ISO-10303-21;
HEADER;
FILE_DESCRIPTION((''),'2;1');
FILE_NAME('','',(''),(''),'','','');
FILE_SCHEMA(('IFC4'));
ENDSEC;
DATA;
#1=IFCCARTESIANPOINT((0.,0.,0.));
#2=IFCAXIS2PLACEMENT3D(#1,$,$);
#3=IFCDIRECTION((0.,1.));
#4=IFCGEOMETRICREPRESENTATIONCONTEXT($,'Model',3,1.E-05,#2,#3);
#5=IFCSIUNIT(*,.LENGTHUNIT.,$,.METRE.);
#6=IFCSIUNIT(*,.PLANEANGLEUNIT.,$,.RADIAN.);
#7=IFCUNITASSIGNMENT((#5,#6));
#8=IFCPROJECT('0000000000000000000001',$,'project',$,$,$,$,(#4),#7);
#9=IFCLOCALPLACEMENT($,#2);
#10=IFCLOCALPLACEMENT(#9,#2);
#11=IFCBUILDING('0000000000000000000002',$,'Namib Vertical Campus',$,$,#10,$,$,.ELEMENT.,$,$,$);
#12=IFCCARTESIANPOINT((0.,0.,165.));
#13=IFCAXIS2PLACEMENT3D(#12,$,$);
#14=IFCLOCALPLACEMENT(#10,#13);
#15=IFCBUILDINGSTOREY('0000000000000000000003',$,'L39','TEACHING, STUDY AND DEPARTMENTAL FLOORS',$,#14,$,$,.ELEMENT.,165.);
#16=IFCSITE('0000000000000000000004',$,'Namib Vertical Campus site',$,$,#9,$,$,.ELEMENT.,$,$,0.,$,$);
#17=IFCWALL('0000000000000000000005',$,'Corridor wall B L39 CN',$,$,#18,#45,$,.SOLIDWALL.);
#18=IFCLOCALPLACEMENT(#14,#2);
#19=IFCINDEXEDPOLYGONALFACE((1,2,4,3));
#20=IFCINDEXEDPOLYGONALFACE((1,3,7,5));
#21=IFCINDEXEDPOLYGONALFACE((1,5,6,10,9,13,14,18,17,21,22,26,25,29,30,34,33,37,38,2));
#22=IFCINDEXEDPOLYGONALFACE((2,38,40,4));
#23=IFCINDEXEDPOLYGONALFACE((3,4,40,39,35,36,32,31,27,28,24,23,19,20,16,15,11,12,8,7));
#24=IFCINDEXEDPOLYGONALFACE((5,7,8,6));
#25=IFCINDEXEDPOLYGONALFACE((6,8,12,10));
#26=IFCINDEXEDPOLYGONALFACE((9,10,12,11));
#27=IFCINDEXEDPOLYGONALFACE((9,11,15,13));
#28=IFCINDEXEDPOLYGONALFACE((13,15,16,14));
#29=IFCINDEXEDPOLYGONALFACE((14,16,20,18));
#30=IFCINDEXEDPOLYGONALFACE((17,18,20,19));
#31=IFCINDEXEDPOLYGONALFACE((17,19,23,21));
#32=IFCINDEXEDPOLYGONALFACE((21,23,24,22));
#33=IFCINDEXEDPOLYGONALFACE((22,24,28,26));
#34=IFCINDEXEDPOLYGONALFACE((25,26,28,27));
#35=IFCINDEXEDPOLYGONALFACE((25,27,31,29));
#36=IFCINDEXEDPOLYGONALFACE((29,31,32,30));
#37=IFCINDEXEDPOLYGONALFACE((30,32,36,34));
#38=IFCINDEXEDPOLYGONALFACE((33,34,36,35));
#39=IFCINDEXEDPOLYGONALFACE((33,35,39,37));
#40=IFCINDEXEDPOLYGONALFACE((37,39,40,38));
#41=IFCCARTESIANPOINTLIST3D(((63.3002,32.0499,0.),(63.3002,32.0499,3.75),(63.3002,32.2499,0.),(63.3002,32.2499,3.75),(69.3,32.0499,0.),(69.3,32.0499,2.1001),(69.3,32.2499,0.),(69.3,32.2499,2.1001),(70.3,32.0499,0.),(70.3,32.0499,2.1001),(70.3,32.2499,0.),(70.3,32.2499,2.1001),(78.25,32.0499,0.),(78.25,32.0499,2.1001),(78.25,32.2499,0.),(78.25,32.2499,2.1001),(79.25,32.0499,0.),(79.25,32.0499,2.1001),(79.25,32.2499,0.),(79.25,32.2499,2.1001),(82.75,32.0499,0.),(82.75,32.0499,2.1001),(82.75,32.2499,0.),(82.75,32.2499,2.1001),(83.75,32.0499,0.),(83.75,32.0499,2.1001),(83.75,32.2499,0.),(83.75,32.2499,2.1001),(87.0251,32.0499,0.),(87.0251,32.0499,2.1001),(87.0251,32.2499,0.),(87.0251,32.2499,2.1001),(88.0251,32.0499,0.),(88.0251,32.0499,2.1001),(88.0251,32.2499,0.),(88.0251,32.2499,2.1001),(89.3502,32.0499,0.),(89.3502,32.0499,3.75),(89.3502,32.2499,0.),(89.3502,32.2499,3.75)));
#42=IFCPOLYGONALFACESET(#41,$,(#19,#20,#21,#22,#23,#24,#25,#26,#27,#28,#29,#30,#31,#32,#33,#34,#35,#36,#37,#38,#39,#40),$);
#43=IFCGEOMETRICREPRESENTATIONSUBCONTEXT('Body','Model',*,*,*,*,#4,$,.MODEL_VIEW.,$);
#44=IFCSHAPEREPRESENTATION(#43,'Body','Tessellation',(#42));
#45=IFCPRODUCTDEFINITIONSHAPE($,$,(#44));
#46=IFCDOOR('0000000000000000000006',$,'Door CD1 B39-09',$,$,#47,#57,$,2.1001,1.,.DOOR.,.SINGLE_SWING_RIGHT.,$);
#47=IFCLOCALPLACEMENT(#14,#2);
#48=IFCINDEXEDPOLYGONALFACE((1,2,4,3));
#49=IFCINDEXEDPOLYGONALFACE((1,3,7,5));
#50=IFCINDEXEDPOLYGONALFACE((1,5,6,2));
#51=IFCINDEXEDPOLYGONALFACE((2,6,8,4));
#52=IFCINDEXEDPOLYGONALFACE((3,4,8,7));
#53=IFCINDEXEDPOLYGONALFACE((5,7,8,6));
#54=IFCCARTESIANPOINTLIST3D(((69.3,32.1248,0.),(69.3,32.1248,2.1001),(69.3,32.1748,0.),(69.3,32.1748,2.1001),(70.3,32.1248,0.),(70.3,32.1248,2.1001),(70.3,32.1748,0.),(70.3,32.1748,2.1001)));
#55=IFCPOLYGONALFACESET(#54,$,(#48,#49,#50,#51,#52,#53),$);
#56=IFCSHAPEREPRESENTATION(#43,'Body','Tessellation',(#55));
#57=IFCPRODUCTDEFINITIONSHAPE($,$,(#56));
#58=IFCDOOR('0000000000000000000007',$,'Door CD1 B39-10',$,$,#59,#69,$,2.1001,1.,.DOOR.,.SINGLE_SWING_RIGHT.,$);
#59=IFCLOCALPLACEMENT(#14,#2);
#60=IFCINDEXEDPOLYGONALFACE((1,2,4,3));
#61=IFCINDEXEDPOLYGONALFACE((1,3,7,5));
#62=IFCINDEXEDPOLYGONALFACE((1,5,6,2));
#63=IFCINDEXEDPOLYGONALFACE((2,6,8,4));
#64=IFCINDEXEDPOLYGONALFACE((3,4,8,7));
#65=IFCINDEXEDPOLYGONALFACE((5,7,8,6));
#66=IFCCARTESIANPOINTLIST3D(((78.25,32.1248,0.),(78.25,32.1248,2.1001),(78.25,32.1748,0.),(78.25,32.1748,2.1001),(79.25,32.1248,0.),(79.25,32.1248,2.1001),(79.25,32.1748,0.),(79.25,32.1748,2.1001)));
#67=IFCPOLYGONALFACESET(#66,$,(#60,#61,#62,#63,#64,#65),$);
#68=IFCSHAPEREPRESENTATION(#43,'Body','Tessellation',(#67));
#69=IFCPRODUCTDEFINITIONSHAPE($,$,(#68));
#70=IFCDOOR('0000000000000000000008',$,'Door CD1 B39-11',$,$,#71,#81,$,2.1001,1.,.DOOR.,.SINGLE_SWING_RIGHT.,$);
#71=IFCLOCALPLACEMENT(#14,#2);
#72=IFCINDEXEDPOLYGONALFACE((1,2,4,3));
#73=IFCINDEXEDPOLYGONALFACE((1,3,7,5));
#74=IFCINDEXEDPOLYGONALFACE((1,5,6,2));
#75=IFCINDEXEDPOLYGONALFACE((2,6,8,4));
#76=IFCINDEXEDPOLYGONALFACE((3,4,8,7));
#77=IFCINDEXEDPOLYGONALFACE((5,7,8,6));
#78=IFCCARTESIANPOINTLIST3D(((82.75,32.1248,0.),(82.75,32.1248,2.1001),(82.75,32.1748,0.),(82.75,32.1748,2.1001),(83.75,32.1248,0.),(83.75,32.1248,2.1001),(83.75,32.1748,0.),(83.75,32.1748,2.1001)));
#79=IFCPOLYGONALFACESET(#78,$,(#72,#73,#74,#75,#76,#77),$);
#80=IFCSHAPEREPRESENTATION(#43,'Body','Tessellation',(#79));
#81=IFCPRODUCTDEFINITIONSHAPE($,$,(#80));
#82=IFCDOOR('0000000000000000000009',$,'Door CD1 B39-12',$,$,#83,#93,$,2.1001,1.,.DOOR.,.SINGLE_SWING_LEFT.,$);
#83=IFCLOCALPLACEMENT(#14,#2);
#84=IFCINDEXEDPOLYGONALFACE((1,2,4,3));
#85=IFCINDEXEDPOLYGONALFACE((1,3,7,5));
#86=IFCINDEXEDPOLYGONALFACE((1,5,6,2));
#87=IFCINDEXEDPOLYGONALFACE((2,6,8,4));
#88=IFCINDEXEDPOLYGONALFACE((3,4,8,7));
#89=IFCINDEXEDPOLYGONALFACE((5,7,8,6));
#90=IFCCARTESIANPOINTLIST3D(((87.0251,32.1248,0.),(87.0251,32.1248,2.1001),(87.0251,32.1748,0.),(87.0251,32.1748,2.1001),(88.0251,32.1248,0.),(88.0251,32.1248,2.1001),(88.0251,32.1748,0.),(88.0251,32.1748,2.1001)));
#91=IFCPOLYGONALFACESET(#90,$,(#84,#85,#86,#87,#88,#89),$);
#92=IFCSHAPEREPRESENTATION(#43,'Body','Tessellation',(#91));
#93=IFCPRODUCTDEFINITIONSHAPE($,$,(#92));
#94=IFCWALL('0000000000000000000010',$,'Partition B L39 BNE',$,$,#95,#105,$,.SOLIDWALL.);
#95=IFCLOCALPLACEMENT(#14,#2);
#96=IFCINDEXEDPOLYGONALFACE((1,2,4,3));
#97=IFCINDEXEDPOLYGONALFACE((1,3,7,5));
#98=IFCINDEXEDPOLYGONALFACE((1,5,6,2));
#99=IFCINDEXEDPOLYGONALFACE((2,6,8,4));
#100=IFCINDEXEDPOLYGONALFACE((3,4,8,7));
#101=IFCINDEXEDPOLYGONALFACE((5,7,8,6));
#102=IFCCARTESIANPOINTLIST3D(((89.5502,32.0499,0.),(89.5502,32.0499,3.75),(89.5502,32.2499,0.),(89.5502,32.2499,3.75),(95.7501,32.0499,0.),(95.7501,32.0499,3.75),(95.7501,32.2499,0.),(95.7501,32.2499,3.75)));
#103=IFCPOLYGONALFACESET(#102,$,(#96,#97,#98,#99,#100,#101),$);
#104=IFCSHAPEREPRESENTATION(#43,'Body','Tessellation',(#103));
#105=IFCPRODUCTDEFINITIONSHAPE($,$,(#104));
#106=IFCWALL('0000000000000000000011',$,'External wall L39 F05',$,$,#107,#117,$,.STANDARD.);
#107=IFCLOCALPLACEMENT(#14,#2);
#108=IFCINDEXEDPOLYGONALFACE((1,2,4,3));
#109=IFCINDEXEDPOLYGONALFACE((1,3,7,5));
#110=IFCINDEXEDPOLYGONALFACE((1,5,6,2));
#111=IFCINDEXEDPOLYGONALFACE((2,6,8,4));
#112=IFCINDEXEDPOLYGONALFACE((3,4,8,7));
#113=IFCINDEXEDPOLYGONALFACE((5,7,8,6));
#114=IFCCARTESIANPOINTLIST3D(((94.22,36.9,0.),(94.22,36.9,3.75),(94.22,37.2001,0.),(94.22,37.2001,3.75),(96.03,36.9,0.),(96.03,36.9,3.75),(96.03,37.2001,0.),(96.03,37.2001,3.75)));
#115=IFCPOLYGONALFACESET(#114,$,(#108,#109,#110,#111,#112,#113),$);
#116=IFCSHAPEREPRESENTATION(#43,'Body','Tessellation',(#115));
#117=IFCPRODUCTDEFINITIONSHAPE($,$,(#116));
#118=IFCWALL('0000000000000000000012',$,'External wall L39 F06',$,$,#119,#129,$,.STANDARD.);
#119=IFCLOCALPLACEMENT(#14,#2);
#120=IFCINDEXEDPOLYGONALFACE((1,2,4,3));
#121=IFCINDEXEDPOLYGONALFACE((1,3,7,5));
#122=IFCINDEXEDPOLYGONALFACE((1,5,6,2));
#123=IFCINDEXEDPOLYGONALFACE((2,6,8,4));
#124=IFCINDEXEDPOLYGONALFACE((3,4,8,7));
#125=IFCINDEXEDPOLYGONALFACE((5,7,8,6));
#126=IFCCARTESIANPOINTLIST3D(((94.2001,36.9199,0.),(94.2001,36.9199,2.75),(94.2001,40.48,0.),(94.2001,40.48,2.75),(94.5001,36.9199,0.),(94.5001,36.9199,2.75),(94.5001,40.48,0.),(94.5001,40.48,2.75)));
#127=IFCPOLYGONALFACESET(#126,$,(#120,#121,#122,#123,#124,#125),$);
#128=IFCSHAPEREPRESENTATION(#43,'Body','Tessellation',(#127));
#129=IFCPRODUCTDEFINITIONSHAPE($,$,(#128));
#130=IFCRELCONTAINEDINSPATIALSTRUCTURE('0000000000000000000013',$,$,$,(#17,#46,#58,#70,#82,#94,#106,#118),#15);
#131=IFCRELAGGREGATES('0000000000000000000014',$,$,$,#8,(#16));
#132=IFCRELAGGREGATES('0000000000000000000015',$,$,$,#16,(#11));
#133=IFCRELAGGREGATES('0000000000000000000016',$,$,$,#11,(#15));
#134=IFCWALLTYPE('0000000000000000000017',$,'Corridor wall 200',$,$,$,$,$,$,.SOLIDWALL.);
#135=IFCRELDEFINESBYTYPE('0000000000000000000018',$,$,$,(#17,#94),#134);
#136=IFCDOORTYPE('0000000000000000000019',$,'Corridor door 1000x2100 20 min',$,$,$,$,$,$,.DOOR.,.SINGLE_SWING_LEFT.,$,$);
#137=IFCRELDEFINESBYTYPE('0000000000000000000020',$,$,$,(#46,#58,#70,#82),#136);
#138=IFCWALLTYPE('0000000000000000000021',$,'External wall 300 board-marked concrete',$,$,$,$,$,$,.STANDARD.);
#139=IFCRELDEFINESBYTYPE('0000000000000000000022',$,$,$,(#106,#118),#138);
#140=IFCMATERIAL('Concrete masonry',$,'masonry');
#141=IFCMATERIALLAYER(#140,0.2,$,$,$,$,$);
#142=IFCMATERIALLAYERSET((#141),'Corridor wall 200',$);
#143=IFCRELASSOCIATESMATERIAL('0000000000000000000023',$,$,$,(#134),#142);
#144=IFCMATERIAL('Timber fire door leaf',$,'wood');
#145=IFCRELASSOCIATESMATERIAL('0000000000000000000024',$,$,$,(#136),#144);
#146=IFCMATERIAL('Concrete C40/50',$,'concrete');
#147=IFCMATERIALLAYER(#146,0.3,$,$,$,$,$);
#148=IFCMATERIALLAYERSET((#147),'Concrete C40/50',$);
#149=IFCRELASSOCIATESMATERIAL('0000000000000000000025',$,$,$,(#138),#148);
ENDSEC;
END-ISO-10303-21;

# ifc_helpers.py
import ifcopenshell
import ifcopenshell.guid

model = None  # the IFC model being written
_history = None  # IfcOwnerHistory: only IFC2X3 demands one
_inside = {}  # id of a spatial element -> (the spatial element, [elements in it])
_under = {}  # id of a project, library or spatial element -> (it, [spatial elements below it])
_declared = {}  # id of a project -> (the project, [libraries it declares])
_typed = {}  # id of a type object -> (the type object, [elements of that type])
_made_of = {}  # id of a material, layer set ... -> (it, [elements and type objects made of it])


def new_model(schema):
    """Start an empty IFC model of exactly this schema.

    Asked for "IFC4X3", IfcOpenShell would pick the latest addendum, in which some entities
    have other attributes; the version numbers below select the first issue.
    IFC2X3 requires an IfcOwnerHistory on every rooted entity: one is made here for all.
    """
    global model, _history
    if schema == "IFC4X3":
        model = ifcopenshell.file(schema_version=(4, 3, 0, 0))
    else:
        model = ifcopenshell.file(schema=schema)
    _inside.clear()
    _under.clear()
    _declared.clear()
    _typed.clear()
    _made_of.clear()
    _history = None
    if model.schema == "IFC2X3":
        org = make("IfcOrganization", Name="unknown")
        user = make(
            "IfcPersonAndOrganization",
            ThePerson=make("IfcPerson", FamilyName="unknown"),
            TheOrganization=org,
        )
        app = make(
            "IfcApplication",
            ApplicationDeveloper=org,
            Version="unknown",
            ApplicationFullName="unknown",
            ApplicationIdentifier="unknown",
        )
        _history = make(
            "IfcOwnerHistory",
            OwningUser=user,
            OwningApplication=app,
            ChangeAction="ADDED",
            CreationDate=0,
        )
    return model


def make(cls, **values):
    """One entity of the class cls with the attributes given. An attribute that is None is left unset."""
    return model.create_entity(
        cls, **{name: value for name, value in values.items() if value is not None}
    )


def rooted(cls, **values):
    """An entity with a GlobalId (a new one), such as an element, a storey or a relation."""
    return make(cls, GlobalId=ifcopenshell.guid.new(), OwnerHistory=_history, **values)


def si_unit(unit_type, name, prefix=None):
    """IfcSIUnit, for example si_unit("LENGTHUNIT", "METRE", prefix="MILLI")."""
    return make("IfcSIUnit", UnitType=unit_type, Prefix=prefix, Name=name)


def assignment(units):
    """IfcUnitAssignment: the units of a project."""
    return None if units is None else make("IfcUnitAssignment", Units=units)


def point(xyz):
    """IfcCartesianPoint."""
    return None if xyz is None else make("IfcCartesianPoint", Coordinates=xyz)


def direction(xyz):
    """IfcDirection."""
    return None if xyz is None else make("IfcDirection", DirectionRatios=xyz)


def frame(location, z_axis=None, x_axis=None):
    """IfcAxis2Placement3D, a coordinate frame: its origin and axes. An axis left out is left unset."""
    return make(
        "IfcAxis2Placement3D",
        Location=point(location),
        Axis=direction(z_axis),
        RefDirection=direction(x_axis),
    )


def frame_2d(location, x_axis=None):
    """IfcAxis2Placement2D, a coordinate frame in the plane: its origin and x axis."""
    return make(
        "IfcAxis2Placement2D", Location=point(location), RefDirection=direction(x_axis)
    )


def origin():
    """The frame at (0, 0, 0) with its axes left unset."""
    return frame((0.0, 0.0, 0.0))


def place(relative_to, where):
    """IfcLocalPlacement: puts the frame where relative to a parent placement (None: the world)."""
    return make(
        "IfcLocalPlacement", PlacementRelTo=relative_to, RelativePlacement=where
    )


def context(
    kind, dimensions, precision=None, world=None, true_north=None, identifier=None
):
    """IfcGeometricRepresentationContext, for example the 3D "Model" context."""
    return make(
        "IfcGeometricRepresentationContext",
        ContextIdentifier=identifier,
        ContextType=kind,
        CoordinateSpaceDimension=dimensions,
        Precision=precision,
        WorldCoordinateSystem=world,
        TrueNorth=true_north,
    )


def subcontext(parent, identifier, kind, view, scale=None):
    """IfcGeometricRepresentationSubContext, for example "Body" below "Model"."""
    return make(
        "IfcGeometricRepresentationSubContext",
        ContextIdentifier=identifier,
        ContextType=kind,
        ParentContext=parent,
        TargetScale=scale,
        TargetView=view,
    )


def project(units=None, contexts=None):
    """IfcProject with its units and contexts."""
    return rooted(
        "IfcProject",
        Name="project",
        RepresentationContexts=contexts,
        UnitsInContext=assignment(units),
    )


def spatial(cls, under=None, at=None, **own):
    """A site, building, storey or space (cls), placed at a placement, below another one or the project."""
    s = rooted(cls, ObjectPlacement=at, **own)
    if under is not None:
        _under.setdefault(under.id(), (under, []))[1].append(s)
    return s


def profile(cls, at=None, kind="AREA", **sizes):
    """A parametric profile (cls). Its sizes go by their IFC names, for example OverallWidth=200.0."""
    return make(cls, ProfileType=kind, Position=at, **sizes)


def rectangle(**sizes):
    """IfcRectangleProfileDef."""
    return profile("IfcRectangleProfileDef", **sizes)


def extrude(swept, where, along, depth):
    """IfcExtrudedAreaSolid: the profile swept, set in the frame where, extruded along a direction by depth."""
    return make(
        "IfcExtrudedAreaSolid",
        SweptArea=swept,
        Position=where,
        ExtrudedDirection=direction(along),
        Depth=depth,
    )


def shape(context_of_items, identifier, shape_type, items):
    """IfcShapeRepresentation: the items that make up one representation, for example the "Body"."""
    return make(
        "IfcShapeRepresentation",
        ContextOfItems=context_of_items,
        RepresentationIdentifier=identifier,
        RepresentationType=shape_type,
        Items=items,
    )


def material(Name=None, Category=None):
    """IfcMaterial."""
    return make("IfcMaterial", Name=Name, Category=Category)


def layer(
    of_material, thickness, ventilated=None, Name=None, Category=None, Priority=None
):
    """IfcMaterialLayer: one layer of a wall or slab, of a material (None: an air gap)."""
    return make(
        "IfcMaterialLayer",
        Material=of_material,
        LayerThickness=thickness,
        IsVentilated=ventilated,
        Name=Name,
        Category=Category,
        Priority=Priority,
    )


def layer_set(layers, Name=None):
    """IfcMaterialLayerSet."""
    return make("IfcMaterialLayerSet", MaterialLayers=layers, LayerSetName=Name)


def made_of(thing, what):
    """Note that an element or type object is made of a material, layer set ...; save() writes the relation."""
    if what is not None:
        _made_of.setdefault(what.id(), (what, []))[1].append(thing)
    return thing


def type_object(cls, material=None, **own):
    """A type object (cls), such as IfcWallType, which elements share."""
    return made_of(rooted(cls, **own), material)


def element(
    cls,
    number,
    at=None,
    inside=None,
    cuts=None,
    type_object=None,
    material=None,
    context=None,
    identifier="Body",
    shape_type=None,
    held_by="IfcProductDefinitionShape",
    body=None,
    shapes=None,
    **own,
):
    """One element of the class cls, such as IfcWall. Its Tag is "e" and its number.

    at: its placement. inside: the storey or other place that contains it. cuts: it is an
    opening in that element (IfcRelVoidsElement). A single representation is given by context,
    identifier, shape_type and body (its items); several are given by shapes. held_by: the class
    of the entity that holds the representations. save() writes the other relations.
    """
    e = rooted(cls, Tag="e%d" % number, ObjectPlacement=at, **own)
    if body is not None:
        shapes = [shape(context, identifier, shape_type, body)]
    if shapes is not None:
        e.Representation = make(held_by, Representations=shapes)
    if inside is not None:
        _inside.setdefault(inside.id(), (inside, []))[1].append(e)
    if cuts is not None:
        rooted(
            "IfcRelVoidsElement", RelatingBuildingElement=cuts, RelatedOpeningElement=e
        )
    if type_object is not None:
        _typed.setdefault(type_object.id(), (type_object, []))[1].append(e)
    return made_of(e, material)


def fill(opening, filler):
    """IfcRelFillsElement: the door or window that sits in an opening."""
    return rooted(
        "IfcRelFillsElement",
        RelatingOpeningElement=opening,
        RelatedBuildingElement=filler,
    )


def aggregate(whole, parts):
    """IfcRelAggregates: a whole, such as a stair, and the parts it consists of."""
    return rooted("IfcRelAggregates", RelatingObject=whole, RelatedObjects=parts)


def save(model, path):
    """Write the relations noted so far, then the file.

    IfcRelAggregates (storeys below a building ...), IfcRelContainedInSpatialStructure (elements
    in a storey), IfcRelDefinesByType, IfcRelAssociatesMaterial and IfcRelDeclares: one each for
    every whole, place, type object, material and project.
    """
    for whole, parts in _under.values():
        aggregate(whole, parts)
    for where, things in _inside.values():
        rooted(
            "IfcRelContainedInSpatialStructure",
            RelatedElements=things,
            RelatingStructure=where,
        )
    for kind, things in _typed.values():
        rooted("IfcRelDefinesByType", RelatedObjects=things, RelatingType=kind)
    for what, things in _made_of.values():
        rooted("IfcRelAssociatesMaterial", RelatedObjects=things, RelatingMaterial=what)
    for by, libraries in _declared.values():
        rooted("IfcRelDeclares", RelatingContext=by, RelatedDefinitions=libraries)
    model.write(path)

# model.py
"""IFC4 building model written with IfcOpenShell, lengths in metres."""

from ifc_helpers import new_model, si_unit, direction, frame, frame_2d, origin, place, context, subcontext, project, spatial, rectangle, extrude, material, layer, layer_set, type_object, element, fill, save


model = new_model("IFC4")

# Units and contexts
model_context = context("Model", 3, precision=1e-05, world=origin(), true_north=direction((0.0, 1.0)))
body_context = subcontext(model_context, "Body", "Model", "MODEL_VIEW")
ifc_project = project(units=[si_unit("LENGTHUNIT", "METRE"), si_unit("PLANEANGLEUNIT", "RADIAN")], contexts=[model_context])

# Site, building, storey
site_placement = place(None, origin())
site = spatial("IfcSite", under=ifc_project, at=site_placement, Name="Namib Vertical Campus site", CompositionType="ELEMENT", RefElevation=0.0)
building_placement = place(site_placement, origin())
building = spatial("IfcBuilding", under=site, at=building_placement, Name="Namib Vertical Campus", CompositionType="ELEMENT")
storey_placement = place(building_placement, frame((0.0, 0.0, 165.0)))
storey = spatial("IfcBuildingStorey", under=building, at=storey_placement, Name="L39", Description="TEACHING, STUDY AND DEPARTMENTAL FLOORS", CompositionType="ELEMENT", Elevation=165.0)

# Wall, openings, doors
ifc_material_1 = material(Name="Concrete masonry", Category="masonry")
ifc_layer_1 = layer(ifc_material_1, 0.2)
ifc_layer_set_1 = layer_set([ifc_layer_1], Name="Corridor wall 200")
wall_type_1 = type_object("IfcWallType", Name="Corridor wall 200", PredefinedType="SOLIDWALL", material=ifc_layer_set_1)
wall_1_placement = place(storey_placement, frame((89.3501, 32.1499, 0.0), z_axis=(0.0, 0.0, 1.0), x_axis=(-1.0, 0.0, 0.0)))
wall_1 = element("IfcWall", 1, at=wall_1_placement, inside=storey, type_object=wall_type_1, Name="Corridor wall B L39 CN", PredefinedType="SOLIDWALL", context=body_context, shape_type="SweptSolid", body=[
    extrude(rectangle(XDim=26.05, YDim=0.2, at=frame_2d((13.0249, 0.0))), origin(), (0.0, 0.0, 1.0), 3.75),
])
opening_1_placement = place(wall_1_placement, frame((19.05, 0.0, 0.0)))
opening_1 = element("IfcOpeningElement", 2, at=opening_1_placement, cuts=wall_1, PredefinedType="OPENING", context=body_context, shape_type="SweptSolid", body=[
    extrude(rectangle(XDim=1.0, YDim=2.1001, at=frame_2d((0.5, 1.05))), frame((0.0, 0.1099, 0.0), z_axis=(0.0, -1.0, 0.0), x_axis=(1.0, 0.0, 0.0)), (0.0, 0.0, 1.0), 0.22),
])
opening_2_placement = place(wall_1_placement, frame((10.1001, 0.0, 0.0)))
opening_2 = element("IfcOpeningElement", 3, at=opening_2_placement, cuts=wall_1, PredefinedType="OPENING", context=body_context, shape_type="SweptSolid", body=[
    extrude(rectangle(XDim=1.0, YDim=2.1001, at=frame_2d((0.5, 1.05))), frame((0.0, 0.1099, 0.0), z_axis=(0.0, -1.0, 0.0), x_axis=(1.0, 0.0, 0.0)), (0.0, 0.0, 1.0), 0.22),
])
opening_3_placement = place(wall_1_placement, frame((5.6001, 0.0, 0.0)))
opening_3 = element("IfcOpeningElement", 4, at=opening_3_placement, cuts=wall_1, PredefinedType="OPENING", context=body_context, shape_type="SweptSolid", body=[
    extrude(rectangle(XDim=1.0, YDim=2.1001, at=frame_2d((0.5, 1.05))), frame((0.0, 0.1099, 0.0), z_axis=(0.0, -1.0, 0.0), x_axis=(1.0, 0.0, 0.0)), (0.0, 0.0, 1.0), 0.22),
])
opening_4_placement = place(wall_1_placement, frame((1.325, 0.0, 0.0)))
opening_4 = element("IfcOpeningElement", 5, at=opening_4_placement, cuts=wall_1, PredefinedType="OPENING", context=body_context, shape_type="SweptSolid", body=[
    extrude(rectangle(XDim=1.0, YDim=2.1001, at=frame_2d((0.5, 1.05))), frame((0.0, 0.1099, 0.0), z_axis=(0.0, -1.0, 0.0), x_axis=(1.0, 0.0, 0.0)), (0.0, 0.0, 1.0), 0.22),
])
ifc_material_2 = material(Name="Timber fire door leaf", Category="wood")
door_type = type_object("IfcDoorType", Name="Corridor door 1000x2100 20 min", OperationType="SINGLE_SWING_LEFT", PredefinedType="DOOR", material=ifc_material_2)
door_1_placement = place(opening_1_placement, frame((1.0, 0.0, 0.0), z_axis=(0.0, 0.0, 1.0), x_axis=(-1.0, 0.0, 0.0)))
door_1 = element("IfcDoor", 6, at=door_1_placement, inside=storey, type_object=door_type, Name="Door CD1 B39-09", OperationType="SINGLE_SWING_RIGHT", OverallHeight=2.1001, OverallWidth=1.0, PredefinedType="DOOR", context=body_context, shape_type="SweptSolid", body=[
    extrude(rectangle(XDim=1.0, YDim=2.1001, at=frame_2d((0.5, 1.05))), frame((0.0, 0.0249, 0.0), z_axis=(0.0, -1.0, 0.0), x_axis=(1.0, 0.0, 0.0)), (0.0, 0.0, 1.0), 0.05),
])
fill(opening_1, door_1)
door_2_placement = place(opening_2_placement, frame((1.0, 0.0, 0.0), z_axis=(0.0, 0.0, 1.0), x_axis=(-1.0, 0.0, 0.0)))
door_2 = element("IfcDoor", 7, at=door_2_placement, inside=storey, type_object=door_type, Name="Door CD1 B39-10", OperationType="SINGLE_SWING_RIGHT", OverallHeight=2.1001, OverallWidth=1.0, PredefinedType="DOOR", context=body_context, shape_type="SweptSolid", body=[
    extrude(rectangle(XDim=1.0, YDim=2.1001, at=frame_2d((0.5, 1.05))), frame((0.0, 0.0249, 0.0), z_axis=(0.0, -1.0, 0.0), x_axis=(1.0, 0.0, 0.0)), (0.0, 0.0, 1.0), 0.05),
])
fill(opening_2, door_2)
door_3_placement = place(opening_3_placement, frame((1.0, 0.0, 0.0), z_axis=(0.0, 0.0, 1.0), x_axis=(-1.0, 0.0, 0.0)))
door_3 = element("IfcDoor", 8, at=door_3_placement, inside=storey, type_object=door_type, Name="Door CD1 B39-11", OperationType="SINGLE_SWING_RIGHT", OverallHeight=2.1001, OverallWidth=1.0, PredefinedType="DOOR", context=body_context, shape_type="SweptSolid", body=[
    extrude(rectangle(XDim=1.0, YDim=2.1001, at=frame_2d((0.5, 1.05))), frame((0.0, 0.0249, 0.0), z_axis=(0.0, -1.0, 0.0), x_axis=(1.0, 0.0, 0.0)), (0.0, 0.0, 1.0), 0.05),
])
fill(opening_3, door_3)
door_4_placement = place(opening_4_placement, frame((1.0, 0.0, 0.0), z_axis=(0.0, 0.0, 1.0), x_axis=(-1.0, 0.0, 0.0)))
door_4 = element("IfcDoor", 9, at=door_4_placement, inside=storey, type_object=door_type, Name="Door CD1 B39-12", OperationType="SINGLE_SWING_LEFT", OverallHeight=2.1001, OverallWidth=1.0, PredefinedType="DOOR", context=body_context, shape_type="SweptSolid", body=[
    extrude(rectangle(XDim=1.0, YDim=2.1001, at=frame_2d((0.5, 1.05))), frame((0.0, 0.0249, 0.0), z_axis=(0.0, -1.0, 0.0), x_axis=(1.0, 0.0, 0.0)), (0.0, 0.0, 1.0), 0.05),
])
fill(opening_4, door_4)

# Walls
wall_2_placement = place(storey_placement, frame((89.55, 32.1499, 0.0), z_axis=(0.0, 0.0, 1.0), x_axis=(1.0, 0.0, 0.0)))
element("IfcWall", 10, at=wall_2_placement, inside=storey, type_object=wall_type_1, Name="Partition B L39 BNE", PredefinedType="SOLIDWALL", context=body_context, shape_type="SweptSolid", body=[
    extrude(rectangle(XDim=6.2, YDim=0.2, at=frame_2d((3.1001, 0.0))), origin(), (0.0, 0.0, 1.0), 3.75),
])
ifc_material_3 = material(Name="Concrete C40/50", Category="concrete")
ifc_layer_2 = layer(ifc_material_3, 0.3)
ifc_layer_set_2 = layer_set([ifc_layer_2], Name="Concrete C40/50")
wall_type_2 = type_object("IfcWallType", Name="External wall 300 board-marked concrete", PredefinedType="STANDARD", material=ifc_layer_set_2)
wall_3_placement = place(storey_placement, frame((96.03, 37.05, 0.0), z_axis=(0.0, 0.0, 1.0), x_axis=(-1.0, 0.0, 0.0)))
element("IfcWall", 11, at=wall_3_placement, inside=storey, type_object=wall_type_2, Name="External wall L39 F05", PredefinedType="STANDARD", context=body_context, shape_type="SweptSolid", body=[
    extrude(rectangle(XDim=1.8101, YDim=0.3, at=frame_2d((0.905, 0.0))), origin(), (0.0, 0.0, 1.0), 3.75),
])
wall_4_placement = place(storey_placement, frame((94.3501, 36.9199, 0.0), z_axis=(0.0, 0.0, 1.0), x_axis=(0.0, 1.0, 0.0)))
element("IfcWall", 12, at=wall_4_placement, inside=storey, type_object=wall_type_2, Name="External wall L39 F06", PredefinedType="STANDARD", context=body_context, shape_type="SweptSolid", body=[
    extrude(rectangle(XDim=3.5601, YDim=0.3, at=frame_2d((1.78, 0.0))), origin(), (0.0, 0.0, 1.0), 2.75),
])

save(model, "model.ifc")
